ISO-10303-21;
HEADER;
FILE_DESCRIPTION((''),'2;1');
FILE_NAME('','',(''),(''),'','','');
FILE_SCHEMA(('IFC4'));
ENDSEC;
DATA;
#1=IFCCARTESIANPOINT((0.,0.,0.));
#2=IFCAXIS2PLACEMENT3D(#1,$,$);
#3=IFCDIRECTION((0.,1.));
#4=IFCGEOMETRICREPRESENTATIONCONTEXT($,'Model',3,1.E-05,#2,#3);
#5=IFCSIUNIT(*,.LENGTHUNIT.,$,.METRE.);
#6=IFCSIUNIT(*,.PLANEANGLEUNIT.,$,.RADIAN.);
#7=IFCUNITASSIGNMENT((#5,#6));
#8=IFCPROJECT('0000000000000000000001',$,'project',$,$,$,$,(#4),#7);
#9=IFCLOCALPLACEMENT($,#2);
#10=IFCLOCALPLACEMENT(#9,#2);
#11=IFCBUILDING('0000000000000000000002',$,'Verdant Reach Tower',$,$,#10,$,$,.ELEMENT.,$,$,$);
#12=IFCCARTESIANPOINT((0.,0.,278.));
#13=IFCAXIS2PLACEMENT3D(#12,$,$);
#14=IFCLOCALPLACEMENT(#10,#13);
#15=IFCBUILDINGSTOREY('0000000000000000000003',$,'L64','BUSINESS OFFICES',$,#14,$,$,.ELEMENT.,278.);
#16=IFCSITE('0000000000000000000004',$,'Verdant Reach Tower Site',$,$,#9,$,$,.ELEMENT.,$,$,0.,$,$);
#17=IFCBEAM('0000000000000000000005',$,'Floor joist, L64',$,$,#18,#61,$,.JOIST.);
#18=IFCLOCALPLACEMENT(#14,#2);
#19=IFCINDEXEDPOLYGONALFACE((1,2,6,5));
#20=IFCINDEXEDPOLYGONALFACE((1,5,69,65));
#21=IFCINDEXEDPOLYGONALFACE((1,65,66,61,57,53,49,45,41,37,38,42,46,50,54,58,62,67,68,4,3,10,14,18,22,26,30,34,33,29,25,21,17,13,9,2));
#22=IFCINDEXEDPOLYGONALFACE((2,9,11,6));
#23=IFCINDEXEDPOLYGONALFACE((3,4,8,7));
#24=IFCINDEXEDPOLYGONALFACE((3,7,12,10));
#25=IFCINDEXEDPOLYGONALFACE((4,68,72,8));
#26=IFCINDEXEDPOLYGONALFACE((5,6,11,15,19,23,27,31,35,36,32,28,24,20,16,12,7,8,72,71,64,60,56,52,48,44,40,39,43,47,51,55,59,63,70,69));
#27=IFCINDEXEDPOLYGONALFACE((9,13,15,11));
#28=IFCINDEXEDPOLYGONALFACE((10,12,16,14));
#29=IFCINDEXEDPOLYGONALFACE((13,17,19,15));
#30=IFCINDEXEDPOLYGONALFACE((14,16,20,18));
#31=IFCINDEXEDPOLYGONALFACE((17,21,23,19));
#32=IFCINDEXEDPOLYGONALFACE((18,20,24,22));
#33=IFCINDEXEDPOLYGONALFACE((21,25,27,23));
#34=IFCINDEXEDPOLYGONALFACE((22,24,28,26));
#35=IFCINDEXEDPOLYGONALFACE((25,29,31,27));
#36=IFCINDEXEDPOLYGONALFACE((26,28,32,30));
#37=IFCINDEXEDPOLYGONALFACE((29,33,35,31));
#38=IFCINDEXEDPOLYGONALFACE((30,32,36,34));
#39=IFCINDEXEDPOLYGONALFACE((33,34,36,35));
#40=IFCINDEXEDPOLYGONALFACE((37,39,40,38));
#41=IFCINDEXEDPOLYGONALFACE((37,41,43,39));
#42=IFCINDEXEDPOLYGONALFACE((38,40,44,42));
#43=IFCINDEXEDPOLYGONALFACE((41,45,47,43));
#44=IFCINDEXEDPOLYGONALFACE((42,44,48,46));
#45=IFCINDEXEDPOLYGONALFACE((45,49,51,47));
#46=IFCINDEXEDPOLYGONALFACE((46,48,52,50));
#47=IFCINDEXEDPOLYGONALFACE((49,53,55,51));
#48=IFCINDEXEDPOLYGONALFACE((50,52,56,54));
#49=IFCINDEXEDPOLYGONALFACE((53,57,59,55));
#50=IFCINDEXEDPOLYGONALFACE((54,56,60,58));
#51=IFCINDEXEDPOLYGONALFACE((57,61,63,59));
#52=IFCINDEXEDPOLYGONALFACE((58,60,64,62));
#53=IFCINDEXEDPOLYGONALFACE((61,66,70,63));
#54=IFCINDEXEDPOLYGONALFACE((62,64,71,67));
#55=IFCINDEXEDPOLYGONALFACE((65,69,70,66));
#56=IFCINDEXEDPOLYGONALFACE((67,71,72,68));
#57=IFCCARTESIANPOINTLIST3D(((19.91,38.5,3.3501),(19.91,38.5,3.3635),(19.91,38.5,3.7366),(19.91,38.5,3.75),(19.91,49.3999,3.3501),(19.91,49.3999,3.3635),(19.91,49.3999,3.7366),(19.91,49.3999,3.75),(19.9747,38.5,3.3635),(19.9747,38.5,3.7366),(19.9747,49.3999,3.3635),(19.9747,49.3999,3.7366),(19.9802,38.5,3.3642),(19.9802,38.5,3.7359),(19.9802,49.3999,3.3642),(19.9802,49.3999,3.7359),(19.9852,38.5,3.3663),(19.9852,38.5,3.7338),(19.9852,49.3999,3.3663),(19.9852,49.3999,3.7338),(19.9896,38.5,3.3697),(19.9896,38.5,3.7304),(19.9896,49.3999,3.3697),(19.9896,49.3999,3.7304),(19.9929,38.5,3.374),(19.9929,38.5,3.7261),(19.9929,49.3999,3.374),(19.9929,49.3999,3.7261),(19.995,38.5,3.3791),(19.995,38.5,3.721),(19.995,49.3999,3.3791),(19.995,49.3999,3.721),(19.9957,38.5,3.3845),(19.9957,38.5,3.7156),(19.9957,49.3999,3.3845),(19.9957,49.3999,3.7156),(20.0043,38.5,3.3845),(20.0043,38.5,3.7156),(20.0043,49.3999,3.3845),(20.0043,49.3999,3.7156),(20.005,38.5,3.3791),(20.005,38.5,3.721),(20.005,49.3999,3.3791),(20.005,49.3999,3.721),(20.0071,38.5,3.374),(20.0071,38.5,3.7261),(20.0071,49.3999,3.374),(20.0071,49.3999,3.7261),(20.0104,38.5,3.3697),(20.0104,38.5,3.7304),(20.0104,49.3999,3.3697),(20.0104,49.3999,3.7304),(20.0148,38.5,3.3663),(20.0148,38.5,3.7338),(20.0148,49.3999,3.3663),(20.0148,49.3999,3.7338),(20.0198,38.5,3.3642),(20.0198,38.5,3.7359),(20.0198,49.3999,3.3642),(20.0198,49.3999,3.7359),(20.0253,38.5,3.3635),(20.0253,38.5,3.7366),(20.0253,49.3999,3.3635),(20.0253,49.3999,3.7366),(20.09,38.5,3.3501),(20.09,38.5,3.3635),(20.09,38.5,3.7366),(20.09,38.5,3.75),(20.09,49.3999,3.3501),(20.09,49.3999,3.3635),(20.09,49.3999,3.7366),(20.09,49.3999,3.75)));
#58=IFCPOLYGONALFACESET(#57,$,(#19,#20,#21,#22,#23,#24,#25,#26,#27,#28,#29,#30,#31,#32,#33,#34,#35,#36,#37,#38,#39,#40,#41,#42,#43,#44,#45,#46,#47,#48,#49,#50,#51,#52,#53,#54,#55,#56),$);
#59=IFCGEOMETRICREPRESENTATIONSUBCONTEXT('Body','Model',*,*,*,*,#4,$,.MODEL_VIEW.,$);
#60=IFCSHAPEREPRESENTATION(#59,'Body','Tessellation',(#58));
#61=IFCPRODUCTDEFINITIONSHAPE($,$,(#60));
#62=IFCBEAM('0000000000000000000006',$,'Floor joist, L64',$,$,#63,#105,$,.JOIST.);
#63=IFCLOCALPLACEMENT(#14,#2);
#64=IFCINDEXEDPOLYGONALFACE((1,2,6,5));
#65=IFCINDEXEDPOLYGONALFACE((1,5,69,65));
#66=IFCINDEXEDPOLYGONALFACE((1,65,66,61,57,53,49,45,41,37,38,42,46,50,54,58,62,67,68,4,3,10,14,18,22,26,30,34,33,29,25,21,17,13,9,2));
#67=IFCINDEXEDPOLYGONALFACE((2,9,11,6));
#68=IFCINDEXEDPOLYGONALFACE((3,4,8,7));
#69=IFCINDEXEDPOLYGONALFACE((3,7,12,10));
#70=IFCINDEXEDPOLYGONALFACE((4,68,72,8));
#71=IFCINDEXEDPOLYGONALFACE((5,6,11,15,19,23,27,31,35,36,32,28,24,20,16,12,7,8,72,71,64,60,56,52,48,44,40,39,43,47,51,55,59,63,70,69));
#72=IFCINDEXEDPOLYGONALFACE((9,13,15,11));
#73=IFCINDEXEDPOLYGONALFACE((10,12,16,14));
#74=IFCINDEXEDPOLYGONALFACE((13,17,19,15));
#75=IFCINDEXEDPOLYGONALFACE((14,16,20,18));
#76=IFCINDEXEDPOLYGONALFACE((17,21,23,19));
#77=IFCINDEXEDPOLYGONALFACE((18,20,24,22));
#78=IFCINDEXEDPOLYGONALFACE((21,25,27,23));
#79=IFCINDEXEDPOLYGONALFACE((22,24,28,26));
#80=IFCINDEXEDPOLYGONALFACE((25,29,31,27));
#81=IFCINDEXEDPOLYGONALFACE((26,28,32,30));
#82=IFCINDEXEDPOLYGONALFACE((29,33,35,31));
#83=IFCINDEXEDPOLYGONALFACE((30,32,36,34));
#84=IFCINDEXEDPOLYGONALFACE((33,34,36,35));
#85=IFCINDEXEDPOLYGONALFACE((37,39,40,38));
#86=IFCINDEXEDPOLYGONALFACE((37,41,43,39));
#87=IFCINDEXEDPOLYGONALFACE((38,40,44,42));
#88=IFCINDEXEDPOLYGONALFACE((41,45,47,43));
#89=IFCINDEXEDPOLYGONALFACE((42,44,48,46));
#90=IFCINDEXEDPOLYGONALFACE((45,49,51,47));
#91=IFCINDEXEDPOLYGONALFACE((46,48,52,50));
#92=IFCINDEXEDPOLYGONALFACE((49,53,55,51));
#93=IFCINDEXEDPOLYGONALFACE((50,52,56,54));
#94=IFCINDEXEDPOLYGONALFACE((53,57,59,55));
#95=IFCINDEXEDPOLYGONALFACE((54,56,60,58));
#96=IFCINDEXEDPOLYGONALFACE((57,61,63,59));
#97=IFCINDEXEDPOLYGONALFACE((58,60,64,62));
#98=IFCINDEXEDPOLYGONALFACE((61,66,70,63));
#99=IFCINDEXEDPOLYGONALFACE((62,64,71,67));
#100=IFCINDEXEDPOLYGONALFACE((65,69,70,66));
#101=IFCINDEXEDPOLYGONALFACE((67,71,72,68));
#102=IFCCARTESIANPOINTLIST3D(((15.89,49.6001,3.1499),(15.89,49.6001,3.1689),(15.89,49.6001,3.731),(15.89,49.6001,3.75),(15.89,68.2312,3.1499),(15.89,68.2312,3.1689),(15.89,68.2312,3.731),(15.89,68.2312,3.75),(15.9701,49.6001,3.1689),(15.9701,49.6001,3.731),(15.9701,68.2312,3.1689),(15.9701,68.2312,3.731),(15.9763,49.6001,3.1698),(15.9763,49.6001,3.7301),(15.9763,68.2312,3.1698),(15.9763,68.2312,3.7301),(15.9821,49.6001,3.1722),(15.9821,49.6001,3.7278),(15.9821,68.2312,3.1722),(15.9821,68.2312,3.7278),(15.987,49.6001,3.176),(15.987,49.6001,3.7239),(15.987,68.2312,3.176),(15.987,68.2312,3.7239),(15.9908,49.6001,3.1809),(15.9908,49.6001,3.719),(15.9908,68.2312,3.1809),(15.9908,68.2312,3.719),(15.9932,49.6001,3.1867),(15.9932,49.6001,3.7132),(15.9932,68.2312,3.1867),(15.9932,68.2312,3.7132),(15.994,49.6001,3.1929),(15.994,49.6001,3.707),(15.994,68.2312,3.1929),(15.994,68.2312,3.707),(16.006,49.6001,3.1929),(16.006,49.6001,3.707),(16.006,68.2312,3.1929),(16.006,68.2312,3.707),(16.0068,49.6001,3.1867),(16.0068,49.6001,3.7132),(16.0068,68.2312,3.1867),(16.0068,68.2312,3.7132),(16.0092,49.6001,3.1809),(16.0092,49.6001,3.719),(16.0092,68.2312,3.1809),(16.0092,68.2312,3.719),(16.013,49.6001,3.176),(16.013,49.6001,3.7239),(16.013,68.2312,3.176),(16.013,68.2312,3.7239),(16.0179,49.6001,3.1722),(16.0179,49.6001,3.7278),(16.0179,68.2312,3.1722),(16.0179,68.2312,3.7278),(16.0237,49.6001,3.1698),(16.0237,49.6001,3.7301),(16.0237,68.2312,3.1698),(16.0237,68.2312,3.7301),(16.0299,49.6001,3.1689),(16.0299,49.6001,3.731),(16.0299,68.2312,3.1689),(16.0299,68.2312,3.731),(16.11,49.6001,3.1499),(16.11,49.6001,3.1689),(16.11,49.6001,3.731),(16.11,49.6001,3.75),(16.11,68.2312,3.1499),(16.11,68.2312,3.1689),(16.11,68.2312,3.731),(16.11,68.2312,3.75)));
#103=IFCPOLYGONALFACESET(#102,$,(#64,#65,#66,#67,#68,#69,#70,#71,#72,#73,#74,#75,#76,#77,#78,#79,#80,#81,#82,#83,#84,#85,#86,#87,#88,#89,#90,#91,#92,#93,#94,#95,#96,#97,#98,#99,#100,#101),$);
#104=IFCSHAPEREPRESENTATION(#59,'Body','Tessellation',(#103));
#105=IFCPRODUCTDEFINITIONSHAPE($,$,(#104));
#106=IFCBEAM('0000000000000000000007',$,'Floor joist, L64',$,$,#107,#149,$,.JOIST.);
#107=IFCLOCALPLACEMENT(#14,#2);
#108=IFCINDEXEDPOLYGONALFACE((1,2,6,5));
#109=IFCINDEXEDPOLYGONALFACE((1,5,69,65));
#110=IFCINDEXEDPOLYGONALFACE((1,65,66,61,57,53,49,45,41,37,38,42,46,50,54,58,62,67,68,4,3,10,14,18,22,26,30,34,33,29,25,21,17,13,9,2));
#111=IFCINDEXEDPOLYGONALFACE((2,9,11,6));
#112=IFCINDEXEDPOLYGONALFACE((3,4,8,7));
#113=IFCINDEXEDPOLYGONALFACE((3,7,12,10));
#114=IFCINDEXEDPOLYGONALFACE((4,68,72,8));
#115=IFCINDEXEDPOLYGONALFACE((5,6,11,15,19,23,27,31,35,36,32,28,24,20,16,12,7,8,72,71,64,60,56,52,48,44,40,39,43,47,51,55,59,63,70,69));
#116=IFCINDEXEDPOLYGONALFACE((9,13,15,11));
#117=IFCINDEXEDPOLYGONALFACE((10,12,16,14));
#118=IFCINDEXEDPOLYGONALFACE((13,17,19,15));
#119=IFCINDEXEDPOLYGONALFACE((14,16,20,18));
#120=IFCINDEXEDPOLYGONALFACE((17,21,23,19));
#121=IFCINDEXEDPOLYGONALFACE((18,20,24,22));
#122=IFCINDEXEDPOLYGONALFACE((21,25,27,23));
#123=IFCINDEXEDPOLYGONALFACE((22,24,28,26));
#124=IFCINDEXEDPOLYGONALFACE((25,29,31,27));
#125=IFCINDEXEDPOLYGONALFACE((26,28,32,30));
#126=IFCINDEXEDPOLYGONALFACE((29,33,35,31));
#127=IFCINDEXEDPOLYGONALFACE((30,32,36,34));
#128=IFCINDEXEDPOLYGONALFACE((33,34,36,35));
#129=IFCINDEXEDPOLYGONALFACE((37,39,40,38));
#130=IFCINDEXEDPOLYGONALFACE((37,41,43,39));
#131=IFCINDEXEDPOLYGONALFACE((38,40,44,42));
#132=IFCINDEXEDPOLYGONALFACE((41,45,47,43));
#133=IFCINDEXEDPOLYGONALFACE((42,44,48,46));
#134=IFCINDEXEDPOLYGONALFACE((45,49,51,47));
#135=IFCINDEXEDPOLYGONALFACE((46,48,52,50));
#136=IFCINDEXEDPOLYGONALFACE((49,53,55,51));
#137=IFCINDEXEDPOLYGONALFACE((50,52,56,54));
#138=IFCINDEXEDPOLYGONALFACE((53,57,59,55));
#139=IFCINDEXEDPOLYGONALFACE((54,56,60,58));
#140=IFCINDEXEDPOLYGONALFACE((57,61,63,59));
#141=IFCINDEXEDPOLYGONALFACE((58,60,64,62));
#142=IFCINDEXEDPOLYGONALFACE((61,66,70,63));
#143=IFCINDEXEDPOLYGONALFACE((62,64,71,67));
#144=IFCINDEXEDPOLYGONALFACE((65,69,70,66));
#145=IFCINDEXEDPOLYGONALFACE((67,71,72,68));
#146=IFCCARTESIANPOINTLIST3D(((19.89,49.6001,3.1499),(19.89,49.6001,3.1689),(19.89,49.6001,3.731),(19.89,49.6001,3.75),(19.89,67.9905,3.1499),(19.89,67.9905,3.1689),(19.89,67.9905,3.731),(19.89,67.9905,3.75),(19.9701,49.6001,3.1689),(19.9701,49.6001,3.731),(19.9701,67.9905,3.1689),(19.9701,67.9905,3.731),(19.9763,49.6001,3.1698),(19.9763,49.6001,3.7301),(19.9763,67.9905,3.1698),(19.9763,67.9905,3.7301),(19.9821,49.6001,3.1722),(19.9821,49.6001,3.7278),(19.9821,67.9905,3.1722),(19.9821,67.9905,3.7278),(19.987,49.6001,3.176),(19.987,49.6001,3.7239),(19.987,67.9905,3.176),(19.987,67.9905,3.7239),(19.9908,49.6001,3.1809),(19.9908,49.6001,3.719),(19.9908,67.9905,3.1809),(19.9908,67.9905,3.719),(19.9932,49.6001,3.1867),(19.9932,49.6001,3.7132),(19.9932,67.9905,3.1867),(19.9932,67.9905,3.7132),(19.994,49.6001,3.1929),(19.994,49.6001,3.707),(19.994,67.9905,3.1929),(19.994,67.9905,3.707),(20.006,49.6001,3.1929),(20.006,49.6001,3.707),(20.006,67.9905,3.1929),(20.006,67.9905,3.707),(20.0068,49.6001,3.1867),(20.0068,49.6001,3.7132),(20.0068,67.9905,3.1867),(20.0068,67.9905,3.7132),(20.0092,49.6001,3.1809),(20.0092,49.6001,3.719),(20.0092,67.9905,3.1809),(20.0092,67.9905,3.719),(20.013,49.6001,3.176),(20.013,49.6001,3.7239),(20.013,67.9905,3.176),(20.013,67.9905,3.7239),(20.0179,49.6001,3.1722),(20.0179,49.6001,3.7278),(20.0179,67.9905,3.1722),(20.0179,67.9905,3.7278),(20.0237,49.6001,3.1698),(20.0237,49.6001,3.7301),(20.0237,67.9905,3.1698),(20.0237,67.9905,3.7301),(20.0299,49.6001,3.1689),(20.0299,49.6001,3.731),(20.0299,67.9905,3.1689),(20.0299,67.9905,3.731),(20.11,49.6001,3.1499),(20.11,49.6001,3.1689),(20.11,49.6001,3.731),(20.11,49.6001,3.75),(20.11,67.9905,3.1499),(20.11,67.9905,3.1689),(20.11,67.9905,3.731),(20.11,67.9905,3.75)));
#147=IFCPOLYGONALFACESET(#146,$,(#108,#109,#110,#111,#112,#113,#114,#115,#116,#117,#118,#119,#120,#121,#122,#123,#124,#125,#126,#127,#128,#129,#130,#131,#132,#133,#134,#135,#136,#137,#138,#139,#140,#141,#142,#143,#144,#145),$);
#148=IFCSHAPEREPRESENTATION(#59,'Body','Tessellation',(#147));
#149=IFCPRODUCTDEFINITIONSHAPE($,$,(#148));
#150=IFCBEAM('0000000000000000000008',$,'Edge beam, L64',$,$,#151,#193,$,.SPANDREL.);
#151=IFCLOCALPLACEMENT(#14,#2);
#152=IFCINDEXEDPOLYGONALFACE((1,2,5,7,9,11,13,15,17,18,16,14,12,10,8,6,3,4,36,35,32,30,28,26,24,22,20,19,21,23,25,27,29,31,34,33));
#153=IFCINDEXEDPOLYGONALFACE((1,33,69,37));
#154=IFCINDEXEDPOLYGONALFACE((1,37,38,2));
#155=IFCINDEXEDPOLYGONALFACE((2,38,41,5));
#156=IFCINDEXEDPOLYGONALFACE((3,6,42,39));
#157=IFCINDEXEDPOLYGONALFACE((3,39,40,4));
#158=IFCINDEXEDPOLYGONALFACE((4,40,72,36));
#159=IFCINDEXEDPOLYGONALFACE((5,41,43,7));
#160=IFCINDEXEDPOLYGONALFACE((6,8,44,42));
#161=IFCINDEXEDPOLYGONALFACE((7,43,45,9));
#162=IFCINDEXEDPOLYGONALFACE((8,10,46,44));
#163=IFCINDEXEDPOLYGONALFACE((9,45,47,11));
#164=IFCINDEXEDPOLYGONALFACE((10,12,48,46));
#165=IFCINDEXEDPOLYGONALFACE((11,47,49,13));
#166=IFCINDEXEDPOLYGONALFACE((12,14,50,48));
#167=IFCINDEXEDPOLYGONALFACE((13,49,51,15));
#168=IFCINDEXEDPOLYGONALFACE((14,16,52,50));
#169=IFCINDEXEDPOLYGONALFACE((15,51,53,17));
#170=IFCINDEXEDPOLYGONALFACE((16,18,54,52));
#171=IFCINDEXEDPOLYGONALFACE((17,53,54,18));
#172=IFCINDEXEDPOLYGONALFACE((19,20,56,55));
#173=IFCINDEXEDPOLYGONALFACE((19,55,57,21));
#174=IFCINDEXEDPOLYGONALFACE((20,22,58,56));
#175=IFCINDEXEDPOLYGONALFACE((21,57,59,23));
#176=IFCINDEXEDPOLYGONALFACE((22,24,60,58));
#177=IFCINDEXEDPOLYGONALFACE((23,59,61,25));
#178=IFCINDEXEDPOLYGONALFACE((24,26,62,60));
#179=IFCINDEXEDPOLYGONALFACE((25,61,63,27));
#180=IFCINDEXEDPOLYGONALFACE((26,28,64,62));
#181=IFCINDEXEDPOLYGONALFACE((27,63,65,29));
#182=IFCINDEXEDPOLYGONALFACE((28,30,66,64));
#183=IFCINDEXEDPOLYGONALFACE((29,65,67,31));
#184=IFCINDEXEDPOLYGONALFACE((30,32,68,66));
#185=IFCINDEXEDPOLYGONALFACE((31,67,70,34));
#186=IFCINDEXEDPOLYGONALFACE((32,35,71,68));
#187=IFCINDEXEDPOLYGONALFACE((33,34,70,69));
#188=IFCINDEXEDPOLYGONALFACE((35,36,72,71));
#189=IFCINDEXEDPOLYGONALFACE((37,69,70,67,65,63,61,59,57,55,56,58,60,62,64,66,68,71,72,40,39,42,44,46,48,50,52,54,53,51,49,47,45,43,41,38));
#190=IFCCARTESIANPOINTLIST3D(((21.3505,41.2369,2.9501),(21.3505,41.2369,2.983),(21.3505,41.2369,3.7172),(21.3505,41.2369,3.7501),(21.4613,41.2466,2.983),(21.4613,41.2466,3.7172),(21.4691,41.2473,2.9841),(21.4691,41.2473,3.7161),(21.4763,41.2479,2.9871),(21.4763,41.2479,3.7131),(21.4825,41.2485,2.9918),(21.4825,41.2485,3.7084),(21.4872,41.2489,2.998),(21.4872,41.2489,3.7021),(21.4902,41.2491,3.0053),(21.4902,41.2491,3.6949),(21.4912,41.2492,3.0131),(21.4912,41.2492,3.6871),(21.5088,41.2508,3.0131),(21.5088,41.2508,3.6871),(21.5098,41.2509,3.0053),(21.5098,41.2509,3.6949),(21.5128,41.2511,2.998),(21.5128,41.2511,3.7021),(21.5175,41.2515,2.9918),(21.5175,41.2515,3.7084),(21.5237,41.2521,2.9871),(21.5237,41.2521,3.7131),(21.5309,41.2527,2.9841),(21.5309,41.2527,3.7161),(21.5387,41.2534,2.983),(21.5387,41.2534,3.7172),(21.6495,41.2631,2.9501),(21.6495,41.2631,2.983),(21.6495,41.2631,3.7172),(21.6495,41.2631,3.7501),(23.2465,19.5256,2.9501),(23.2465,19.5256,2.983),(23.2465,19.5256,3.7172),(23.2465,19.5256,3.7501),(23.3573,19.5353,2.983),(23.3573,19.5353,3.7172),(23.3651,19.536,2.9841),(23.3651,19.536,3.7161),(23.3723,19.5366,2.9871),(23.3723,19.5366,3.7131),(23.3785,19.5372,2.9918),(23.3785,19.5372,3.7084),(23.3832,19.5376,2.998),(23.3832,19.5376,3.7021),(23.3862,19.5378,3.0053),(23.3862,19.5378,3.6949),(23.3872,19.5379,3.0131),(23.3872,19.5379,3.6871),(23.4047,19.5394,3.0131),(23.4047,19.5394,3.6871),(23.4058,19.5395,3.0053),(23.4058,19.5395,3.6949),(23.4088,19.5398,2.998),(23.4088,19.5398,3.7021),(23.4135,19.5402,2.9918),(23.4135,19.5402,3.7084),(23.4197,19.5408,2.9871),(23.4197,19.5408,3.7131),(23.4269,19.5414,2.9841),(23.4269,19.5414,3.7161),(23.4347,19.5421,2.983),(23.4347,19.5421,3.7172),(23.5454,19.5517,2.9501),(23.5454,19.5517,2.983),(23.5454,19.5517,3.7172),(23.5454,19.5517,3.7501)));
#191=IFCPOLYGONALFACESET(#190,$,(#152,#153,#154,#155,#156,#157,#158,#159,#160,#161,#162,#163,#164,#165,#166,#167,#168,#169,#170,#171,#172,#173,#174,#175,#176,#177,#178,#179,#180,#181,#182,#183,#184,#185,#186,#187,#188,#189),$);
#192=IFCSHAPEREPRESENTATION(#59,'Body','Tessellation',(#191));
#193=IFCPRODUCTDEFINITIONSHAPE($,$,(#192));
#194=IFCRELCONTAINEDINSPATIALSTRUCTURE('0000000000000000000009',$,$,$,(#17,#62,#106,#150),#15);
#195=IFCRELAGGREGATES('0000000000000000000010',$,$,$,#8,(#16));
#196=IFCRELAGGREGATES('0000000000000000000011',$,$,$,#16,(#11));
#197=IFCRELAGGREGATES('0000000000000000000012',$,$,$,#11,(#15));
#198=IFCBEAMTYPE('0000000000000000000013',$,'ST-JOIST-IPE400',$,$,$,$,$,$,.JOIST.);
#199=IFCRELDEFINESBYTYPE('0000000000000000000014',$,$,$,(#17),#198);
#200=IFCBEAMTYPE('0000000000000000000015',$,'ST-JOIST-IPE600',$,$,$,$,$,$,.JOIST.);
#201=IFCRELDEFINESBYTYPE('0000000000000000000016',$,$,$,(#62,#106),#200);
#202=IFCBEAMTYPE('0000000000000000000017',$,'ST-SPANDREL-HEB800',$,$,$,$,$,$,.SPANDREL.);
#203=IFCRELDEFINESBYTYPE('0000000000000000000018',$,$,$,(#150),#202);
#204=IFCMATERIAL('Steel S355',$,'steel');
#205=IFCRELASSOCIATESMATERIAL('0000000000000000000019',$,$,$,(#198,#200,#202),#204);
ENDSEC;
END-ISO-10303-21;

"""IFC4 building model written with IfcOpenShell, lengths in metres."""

from ifc_helpers import new_model, si_unit, direction, frame, origin, origin_2d, place, context, subcontext, project, spatial, i_section, extrude, material, material_profile, profile_set, type_object, element, save


model = new_model("IFC4")

# Units and contexts
model_context = context("Model", 3, precision=1e-05, world=origin(), true_north=direction((0.0, 1.0)))
body_context = subcontext(model_context, "Body", "Model", "MODEL_VIEW")
ifc_project = project(units=[si_unit("LENGTHUNIT", "METRE"), si_unit("PLANEANGLEUNIT", "RADIAN")], contexts=[model_context])

# Site, building, storey
site_placement = place(None, origin())
site = spatial("IfcSite", under=ifc_project, at=site_placement, Name="Verdant Reach Tower Site", CompositionType="ELEMENT", RefElevation=0.0)
building_placement = place(site_placement, origin())
building = spatial("IfcBuilding", under=site, at=building_placement, Name="Verdant Reach Tower", CompositionType="ELEMENT")
storey_placement = place(building_placement, frame((0.0, 0.0, 278.0)))
storey = spatial("IfcBuildingStorey", under=building, at=storey_placement, Name="L64", Description="BUSINESS OFFICES", CompositionType="ELEMENT", Elevation=278.0)

# Beams
ifc_material_1 = material(Name="Steel S355", Category="steel")
ifc_material_profile_1 = material_profile(ifc_material_1, i_section(OverallWidth=0.1799, OverallDepth=0.3999, WebThickness=0.0085, FlangeThickness=0.0134, FilletRadius=0.021, at=origin_2d()), Name="IPE 400")
ifc_profile_set_1 = profile_set([ifc_material_profile_1], Name="Steel S355")
beam_type_1 = type_object("IfcBeamType", Name="ST-JOIST-IPE400", PredefinedType="JOIST", material=ifc_profile_set_1)
for number, where, z_axis, x_axis, name in (
    (1, (20.0, 38.5, 3.55), (0.0, 1.0, 0.0), (-1.0, 0.0, 0.0), "Floor joist, L64"),
):
    element("IfcBeam", number, at=place(storey_placement, frame(where, z_axis=z_axis, x_axis=x_axis)), inside=storey, type_object=beam_type_1, Name=name, PredefinedType="JOIST", context=body_context, shape_type="SweptSolid", body=[
        extrude(i_section(OverallWidth=0.1799, OverallDepth=0.3999, WebThickness=0.0085, FlangeThickness=0.0134, FilletRadius=0.021, at=origin_2d()), origin(), (0.0, 0.0, 1.0), 10.8999),
    ])
ifc_material_profile_2 = material_profile(ifc_material_1, i_section(OverallWidth=0.22, OverallDepth=0.6001, WebThickness=0.012, FlangeThickness=0.019, FilletRadius=0.0239, at=origin_2d()), Name="IPE 600")
ifc_profile_set_2 = profile_set([ifc_material_profile_2], Name="Steel S355")
beam_type_2 = type_object("IfcBeamType", Name="ST-JOIST-IPE600", PredefinedType="JOIST", material=ifc_profile_set_2)
beam_1_placement = place(storey_placement, frame((16.0, 49.6001, 3.45), z_axis=(0.0, 1.0, 0.0), x_axis=(-1.0, 0.0, 0.0)))
element("IfcBeam", 2, at=beam_1_placement, inside=storey, type_object=beam_type_2, Name="Floor joist, L64", PredefinedType="JOIST", context=body_context, shape_type="SweptSolid", body=[
    extrude(i_section(OverallWidth=0.22, OverallDepth=0.6001, WebThickness=0.012, FlangeThickness=0.019, FilletRadius=0.0239, at=origin_2d()), origin(), (0.0, 0.0, 1.0), 18.6311),
])
beam_2_placement = place(storey_placement, frame((20.0, 49.6001, 3.45), z_axis=(0.0, 1.0, 0.0), x_axis=(-1.0, 0.0, 0.0)))
element("IfcBeam", 3, at=beam_2_placement, inside=storey, type_object=beam_type_2, Name="Floor joist, L64", PredefinedType="JOIST", context=body_context, shape_type="SweptSolid", body=[
    extrude(i_section(OverallWidth=0.22, OverallDepth=0.6001, WebThickness=0.012, FlangeThickness=0.019, FilletRadius=0.0239, at=origin_2d()), origin(), (0.0, 0.0, 1.0), 18.3904),
])
ifc_material_profile_3 = material_profile(ifc_material_1, i_section(OverallWidth=0.3, OverallDepth=0.8, WebThickness=0.0176, FlangeThickness=0.033, FilletRadius=0.03, at=origin_2d()), Name="HEB 800")
ifc_profile_set_3 = profile_set([ifc_material_profile_3], Name="Steel S355")
beam_type_3 = type_object("IfcBeamType", Name="ST-SPANDREL-HEB800", PredefinedType="SPANDREL", material=ifc_profile_set_3)
beam_3_placement = place(storey_placement, frame((21.5, 41.25, 3.3501), z_axis=(0.086996, -0.996209, 0.0), x_axis=(0.996209, 0.086996, 0.0)))
element("IfcBeam", 4, at=beam_3_placement, inside=storey, type_object=beam_type_3, Name="Edge beam, L64", PredefinedType="SPANDREL", context=body_context, shape_type="SweptSolid", body=[
    extrude(i_section(OverallWidth=0.3, OverallDepth=0.8, WebThickness=0.0176, FlangeThickness=0.033, FilletRadius=0.03, at=origin_2d()), origin(), (0.0, 0.0, 1.0), 21.7939),
])

save(model, "model.ifc")
